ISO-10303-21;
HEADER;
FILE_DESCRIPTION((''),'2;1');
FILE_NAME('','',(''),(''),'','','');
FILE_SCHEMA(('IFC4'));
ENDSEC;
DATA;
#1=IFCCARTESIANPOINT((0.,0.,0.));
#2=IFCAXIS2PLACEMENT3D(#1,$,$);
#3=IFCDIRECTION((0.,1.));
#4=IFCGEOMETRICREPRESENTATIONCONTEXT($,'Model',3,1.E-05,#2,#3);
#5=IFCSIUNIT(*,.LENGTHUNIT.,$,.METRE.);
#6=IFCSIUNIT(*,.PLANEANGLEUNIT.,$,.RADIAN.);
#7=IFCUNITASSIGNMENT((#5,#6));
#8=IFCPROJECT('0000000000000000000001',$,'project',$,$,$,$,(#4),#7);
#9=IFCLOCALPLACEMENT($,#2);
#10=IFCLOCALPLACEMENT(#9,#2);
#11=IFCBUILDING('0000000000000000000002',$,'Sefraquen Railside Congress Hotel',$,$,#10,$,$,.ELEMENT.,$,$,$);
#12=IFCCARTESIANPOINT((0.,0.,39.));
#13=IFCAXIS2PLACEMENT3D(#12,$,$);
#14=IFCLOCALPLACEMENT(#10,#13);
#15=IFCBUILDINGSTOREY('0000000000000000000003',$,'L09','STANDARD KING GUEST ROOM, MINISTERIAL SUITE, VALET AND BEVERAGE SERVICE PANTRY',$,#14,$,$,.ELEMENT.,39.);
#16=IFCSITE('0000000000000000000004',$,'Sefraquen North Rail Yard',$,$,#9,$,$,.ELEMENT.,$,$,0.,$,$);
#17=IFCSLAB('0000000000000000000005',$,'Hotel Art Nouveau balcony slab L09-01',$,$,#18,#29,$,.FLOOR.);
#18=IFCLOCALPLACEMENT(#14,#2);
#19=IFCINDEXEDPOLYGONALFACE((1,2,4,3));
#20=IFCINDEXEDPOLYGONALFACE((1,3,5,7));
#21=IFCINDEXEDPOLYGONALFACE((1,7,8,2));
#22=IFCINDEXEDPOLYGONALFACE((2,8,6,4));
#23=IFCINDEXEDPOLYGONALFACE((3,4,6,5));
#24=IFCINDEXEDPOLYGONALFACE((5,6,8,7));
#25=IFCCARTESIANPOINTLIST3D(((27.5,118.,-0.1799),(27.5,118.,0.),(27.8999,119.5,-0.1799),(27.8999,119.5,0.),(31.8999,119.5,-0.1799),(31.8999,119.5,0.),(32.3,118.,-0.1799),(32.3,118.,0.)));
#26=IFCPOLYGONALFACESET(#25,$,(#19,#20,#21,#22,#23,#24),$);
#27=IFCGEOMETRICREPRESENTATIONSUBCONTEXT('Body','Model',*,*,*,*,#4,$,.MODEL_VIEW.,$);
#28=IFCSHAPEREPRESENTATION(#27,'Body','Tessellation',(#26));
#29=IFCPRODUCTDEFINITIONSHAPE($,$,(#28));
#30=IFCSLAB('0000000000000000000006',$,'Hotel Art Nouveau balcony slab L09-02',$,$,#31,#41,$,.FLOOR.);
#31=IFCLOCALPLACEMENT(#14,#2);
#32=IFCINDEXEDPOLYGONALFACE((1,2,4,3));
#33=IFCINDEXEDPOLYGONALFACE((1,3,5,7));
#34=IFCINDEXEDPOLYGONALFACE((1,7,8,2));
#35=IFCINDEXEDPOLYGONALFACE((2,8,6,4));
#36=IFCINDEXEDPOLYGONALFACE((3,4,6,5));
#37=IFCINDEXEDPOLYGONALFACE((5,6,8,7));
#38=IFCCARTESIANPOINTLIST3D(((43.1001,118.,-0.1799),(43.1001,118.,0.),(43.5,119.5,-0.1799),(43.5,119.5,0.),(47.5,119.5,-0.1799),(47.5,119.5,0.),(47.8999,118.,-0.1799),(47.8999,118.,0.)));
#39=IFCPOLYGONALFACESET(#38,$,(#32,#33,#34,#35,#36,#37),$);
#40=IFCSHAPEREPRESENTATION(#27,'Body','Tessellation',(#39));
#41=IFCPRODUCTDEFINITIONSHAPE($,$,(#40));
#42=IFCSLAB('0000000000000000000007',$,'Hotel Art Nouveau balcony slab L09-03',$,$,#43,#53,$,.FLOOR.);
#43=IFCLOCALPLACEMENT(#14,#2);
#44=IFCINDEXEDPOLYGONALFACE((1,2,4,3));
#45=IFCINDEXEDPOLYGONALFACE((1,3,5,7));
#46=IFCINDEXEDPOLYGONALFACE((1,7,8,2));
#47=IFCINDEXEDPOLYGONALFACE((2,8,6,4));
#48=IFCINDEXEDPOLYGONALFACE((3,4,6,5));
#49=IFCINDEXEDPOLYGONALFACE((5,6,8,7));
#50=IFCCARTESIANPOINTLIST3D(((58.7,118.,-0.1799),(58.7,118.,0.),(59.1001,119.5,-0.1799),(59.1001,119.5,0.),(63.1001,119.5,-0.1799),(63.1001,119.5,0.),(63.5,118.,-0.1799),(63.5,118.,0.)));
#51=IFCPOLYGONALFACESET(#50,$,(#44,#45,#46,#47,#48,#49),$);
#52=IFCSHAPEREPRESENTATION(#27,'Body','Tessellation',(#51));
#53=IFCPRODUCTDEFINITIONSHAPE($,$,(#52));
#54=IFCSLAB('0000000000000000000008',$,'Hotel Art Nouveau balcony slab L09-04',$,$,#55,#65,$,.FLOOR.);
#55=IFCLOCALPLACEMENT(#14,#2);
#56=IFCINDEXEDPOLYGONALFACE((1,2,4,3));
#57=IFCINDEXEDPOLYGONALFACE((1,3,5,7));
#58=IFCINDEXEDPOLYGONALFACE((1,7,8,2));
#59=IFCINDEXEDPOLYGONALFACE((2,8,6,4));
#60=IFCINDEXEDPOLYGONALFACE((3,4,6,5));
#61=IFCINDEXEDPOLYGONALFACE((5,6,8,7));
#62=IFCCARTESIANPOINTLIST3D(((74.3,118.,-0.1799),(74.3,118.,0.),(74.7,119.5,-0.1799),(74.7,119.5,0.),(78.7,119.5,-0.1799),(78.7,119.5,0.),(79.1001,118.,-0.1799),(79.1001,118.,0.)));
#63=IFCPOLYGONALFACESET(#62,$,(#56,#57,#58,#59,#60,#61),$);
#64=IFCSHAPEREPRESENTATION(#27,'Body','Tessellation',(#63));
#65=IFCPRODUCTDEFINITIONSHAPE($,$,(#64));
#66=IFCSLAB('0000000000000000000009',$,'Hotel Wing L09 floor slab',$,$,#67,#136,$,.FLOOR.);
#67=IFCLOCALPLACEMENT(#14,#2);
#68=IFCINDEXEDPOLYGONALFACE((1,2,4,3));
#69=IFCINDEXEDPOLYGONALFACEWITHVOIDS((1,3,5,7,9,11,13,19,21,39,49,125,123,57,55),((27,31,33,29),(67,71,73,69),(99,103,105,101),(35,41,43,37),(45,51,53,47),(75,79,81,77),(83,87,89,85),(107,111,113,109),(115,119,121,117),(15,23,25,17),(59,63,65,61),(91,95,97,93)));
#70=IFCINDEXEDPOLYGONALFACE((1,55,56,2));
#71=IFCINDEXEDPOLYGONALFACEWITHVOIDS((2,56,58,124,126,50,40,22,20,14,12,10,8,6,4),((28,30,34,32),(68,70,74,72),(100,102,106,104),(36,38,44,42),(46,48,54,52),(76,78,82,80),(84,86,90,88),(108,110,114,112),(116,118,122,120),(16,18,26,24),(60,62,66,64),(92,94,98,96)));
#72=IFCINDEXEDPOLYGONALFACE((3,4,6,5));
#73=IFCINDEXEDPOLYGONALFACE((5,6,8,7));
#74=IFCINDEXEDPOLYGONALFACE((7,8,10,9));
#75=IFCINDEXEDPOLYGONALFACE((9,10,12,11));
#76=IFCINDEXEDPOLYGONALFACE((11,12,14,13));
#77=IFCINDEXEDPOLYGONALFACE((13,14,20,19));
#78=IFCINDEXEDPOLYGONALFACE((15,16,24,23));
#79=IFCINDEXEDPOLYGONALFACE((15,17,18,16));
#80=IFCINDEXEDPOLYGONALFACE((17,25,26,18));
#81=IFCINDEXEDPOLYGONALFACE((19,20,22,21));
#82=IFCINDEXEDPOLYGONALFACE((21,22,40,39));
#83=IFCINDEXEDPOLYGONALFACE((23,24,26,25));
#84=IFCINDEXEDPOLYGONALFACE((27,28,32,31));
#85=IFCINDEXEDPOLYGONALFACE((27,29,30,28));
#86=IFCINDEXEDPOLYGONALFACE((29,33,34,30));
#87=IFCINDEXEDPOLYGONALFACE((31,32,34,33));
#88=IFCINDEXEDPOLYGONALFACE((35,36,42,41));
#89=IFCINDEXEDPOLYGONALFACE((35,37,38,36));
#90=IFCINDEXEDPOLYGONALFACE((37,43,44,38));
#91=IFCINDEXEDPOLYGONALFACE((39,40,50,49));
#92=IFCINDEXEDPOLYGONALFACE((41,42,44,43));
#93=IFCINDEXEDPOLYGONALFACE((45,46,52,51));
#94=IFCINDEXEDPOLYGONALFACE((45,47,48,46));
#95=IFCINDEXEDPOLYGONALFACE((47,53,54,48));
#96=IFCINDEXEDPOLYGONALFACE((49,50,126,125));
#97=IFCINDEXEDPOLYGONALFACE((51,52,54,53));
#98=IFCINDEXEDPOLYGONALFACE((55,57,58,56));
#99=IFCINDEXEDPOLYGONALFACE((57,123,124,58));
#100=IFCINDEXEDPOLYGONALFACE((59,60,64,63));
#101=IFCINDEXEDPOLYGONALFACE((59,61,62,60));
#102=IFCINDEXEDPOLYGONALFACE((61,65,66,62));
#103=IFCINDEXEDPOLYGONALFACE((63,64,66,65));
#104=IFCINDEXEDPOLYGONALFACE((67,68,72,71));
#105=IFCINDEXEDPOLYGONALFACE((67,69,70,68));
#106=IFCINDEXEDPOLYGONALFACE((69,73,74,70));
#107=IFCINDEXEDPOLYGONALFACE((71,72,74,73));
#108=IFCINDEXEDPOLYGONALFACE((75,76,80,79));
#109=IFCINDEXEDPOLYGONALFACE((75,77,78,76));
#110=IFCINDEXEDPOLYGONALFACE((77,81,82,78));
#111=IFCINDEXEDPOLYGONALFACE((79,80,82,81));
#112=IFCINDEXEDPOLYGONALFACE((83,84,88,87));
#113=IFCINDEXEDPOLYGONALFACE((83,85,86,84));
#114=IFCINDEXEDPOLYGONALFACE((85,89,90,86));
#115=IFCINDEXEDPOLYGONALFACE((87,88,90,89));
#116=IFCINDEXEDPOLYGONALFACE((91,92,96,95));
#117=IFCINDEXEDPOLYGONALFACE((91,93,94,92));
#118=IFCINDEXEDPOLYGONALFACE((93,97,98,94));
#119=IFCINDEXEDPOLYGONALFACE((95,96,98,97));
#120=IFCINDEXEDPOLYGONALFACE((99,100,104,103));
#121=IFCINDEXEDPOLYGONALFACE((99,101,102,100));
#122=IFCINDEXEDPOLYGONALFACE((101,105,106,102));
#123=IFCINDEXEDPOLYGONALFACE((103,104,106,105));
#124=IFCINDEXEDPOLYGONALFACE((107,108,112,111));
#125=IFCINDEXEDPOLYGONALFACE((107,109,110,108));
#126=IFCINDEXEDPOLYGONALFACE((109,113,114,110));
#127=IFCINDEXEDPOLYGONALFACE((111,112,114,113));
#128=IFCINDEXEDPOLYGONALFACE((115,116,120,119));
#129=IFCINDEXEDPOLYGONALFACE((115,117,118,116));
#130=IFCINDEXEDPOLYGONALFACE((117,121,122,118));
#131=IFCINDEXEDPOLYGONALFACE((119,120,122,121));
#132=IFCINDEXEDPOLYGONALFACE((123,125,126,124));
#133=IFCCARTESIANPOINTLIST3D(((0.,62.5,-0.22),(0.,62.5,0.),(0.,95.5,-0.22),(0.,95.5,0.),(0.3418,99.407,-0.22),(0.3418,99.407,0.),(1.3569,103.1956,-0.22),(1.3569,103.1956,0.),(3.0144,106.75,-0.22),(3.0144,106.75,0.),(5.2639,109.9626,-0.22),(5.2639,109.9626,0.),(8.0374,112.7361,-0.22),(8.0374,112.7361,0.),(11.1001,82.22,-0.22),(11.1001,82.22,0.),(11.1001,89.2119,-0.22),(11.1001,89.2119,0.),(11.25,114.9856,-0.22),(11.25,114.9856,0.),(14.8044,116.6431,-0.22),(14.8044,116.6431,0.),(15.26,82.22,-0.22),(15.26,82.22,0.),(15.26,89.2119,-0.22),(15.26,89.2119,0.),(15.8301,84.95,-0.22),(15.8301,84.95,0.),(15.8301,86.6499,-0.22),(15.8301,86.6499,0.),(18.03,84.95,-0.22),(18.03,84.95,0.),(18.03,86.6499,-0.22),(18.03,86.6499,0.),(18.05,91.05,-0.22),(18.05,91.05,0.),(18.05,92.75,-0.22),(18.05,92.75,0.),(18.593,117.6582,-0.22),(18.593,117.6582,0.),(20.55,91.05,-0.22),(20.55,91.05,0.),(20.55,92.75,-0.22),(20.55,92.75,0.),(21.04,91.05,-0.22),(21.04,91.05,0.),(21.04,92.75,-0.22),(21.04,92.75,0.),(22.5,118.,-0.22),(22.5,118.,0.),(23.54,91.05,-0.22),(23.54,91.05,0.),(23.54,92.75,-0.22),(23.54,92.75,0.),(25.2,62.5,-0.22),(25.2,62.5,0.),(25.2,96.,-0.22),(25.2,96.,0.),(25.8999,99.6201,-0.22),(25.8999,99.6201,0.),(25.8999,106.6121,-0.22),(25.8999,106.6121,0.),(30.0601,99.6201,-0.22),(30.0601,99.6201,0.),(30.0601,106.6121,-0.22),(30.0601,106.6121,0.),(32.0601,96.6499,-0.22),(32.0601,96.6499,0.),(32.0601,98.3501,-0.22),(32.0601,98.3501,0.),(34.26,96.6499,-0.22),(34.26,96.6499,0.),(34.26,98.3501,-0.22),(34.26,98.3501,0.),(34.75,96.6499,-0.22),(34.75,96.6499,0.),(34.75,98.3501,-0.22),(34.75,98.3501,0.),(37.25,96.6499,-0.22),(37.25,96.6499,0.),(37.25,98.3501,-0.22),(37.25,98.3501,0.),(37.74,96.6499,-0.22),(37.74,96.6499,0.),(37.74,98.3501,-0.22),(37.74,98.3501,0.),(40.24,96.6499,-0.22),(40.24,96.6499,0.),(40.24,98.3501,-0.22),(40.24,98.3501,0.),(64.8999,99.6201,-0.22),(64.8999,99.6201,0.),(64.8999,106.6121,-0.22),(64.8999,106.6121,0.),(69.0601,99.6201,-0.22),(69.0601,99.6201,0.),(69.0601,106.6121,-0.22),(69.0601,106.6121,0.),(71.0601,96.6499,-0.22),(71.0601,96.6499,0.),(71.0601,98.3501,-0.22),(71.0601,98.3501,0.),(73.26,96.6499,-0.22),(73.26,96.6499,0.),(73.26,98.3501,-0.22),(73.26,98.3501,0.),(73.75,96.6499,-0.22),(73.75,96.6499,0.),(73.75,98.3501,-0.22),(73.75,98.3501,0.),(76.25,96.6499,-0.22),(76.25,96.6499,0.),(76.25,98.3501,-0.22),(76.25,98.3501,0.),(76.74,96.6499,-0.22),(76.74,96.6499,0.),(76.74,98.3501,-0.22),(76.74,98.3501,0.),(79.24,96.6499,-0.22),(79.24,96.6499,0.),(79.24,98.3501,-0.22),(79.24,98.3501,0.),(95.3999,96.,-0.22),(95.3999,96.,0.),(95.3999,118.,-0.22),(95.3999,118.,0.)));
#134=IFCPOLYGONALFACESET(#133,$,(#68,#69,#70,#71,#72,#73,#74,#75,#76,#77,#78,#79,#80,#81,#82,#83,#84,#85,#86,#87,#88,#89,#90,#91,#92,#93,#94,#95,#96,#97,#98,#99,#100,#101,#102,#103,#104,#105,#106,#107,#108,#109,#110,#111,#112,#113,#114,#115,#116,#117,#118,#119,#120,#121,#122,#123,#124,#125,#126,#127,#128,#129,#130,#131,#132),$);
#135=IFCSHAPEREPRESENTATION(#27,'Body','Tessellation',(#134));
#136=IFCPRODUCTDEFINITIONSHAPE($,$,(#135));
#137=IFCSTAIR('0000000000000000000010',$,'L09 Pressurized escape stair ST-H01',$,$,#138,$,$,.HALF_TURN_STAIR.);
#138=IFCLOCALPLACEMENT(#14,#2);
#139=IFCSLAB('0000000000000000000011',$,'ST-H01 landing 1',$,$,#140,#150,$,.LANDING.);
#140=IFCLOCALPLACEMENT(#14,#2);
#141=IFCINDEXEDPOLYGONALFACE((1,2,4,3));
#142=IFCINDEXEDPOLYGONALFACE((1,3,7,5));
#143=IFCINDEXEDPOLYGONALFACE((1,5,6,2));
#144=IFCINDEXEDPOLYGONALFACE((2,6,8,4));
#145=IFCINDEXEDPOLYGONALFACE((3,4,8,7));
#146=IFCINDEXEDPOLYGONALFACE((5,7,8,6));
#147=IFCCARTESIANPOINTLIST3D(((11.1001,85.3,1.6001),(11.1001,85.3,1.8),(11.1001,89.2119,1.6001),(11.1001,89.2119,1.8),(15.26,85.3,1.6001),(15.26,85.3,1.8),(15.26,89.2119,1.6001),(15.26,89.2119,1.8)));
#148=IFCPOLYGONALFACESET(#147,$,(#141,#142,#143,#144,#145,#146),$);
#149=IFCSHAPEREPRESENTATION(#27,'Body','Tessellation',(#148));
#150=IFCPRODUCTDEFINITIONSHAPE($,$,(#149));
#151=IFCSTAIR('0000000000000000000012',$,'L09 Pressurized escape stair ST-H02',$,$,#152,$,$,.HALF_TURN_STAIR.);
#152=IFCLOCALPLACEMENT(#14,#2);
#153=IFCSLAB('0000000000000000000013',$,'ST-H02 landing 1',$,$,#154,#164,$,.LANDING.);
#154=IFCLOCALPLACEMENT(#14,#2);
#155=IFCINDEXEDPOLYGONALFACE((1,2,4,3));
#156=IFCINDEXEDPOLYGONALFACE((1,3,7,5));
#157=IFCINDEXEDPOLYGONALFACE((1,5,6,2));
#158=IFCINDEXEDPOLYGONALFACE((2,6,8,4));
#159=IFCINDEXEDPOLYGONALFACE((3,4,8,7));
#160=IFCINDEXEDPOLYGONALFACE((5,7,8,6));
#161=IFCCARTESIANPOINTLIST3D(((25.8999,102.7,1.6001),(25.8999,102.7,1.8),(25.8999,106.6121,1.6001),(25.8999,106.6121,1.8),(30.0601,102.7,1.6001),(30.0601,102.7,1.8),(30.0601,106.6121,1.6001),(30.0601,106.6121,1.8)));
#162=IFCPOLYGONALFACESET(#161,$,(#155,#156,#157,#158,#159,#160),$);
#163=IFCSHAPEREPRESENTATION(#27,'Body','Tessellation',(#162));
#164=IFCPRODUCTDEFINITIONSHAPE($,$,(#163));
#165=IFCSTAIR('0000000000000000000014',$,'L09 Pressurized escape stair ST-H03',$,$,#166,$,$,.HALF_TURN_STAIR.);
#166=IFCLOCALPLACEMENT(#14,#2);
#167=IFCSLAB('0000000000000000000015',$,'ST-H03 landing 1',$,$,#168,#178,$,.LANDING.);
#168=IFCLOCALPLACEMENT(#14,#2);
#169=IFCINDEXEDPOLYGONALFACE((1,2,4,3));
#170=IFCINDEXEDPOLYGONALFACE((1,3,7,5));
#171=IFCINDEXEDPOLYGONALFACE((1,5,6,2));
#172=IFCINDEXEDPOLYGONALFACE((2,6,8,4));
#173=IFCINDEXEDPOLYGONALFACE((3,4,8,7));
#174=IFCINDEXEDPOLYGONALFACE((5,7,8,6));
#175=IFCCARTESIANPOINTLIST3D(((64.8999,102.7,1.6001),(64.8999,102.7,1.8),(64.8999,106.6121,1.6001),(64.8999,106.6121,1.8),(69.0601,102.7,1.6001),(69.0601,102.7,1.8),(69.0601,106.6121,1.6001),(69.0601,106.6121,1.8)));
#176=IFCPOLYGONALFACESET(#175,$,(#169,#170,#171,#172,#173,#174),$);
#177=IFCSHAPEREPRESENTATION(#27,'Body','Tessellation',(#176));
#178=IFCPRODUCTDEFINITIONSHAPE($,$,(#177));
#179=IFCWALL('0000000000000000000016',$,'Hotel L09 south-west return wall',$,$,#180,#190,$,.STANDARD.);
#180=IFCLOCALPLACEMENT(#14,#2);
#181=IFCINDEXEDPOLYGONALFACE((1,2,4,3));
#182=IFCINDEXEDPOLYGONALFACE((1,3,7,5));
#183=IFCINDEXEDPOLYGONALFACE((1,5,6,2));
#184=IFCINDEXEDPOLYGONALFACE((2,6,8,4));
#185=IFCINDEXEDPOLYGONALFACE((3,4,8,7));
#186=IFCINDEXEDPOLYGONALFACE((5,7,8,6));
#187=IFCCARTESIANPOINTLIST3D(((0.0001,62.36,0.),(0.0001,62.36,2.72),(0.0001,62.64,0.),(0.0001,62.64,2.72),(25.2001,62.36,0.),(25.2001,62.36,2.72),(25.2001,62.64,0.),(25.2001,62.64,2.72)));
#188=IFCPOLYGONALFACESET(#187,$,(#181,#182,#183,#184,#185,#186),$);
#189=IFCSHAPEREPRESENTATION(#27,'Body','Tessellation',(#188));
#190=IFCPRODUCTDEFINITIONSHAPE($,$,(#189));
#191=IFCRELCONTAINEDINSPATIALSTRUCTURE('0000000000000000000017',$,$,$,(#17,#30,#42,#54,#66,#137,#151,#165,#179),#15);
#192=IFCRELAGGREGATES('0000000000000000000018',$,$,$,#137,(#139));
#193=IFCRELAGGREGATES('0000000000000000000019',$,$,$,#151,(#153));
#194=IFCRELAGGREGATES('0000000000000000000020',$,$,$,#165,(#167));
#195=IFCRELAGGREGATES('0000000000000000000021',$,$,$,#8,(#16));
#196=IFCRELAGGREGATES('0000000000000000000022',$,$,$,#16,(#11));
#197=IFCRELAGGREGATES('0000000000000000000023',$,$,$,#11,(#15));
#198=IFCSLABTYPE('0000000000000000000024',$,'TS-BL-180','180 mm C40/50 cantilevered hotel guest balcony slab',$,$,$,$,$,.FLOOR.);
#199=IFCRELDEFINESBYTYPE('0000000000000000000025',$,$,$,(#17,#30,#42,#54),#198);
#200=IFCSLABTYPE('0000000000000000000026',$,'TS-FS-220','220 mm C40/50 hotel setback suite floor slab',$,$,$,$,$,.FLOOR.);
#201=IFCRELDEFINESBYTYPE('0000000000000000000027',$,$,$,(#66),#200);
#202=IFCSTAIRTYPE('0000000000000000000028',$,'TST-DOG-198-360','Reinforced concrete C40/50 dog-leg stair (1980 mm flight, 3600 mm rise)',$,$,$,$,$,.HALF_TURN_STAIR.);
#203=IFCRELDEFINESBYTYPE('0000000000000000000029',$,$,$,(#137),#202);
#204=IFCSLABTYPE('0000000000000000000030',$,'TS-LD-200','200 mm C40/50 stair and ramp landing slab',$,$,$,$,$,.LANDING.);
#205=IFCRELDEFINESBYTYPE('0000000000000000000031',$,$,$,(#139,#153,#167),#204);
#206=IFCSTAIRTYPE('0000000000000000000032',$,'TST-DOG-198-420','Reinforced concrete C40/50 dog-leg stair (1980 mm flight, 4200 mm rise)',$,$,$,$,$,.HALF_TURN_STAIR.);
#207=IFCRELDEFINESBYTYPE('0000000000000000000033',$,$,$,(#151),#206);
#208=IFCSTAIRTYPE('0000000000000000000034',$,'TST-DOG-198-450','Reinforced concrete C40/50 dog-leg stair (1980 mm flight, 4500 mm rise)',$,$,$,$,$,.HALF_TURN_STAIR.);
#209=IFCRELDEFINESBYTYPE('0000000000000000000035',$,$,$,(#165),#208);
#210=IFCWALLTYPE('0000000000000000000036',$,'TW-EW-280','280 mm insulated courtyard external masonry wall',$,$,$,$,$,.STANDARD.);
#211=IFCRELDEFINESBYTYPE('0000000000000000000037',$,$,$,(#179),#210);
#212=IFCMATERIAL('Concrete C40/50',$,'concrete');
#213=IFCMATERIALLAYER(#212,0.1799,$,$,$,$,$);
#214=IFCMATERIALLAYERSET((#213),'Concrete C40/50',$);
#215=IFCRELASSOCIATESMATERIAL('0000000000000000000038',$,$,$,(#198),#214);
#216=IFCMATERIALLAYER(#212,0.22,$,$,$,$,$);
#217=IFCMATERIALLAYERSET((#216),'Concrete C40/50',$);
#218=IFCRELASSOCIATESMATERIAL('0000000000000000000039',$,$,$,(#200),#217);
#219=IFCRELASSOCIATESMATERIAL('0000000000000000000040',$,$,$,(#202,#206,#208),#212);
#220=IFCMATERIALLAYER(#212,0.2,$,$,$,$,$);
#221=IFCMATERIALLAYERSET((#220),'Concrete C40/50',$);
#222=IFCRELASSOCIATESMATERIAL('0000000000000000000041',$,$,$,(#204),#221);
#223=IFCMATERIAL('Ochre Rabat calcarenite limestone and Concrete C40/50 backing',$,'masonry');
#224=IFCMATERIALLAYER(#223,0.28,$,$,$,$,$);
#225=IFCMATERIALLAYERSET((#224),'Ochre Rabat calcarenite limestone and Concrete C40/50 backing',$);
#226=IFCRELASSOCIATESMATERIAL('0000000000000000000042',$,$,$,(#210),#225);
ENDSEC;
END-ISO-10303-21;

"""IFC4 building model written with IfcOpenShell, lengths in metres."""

from ifc_helpers import new_model, si_unit, direction, frame, frame_2d, origin, place, context, subcontext, project, spatial, polyline, rectangle, outline, extrude, material, layer, layer_set, type_object, element, aggregate, save


model = new_model("IFC4")

# Units and contexts
model_context = context("Model", 3, precision=1e-05, world=origin(), true_north=direction((0.0, 1.0)))
body_context = subcontext(model_context, "Body", "Model", "MODEL_VIEW")
ifc_project = project(units=[si_unit("LENGTHUNIT", "METRE"), si_unit("PLANEANGLEUNIT", "RADIAN")], contexts=[model_context])

# Site, building, storey
site_placement = place(None, origin())
site = spatial("IfcSite", under=ifc_project, at=site_placement, Name="Sefraquen North Rail Yard", CompositionType="ELEMENT", RefElevation=0.0)
building_placement = place(site_placement, origin())
building = spatial("IfcBuilding", under=site, at=building_placement, Name="Sefraquen Railside Congress Hotel", CompositionType="ELEMENT")
storey_placement = place(building_placement, frame((0.0, 0.0, 39.0)))
storey = spatial("IfcBuildingStorey", under=building, at=storey_placement, Name="L09", Description="STANDARD KING GUEST ROOM, MINISTERIAL SUITE, VALET AND BEVERAGE SERVICE PANTRY", CompositionType="ELEMENT", Elevation=39.0)

# Slabs
ifc_material_1 = material(Name="Concrete C40/50", Category="concrete")
ifc_layer_1 = layer(ifc_material_1, 0.1799)
ifc_layer_set_1 = layer_set([ifc_layer_1], Name="Concrete C40/50")
slab_type_1 = type_object("IfcSlabType", Name="TS-BL-180", Description="180 mm C40/50 cantilevered hotel guest balcony slab", PredefinedType="FLOOR", material=ifc_layer_set_1)
slab_1_placement = place(storey_placement, frame((0.0, 0.0, -0.1799)))
element("IfcSlab", 1, at=slab_1_placement, inside=storey, type_object=slab_type_1, Name="Hotel Art Nouveau balcony slab L09-01", PredefinedType="FLOOR", context=body_context, shape_type="SweptSolid", body=[
    extrude(outline(polyline([(27.5, 118.0), (32.3, 118.0), (31.8999, 119.5), (27.8999, 119.5), (27.5, 118.0)])), origin(), (0.0, 0.0, 1.0), 0.1799),
])
slab_2_placement = place(storey_placement, frame((0.0, 0.0, -0.1799)))
element("IfcSlab", 2, at=slab_2_placement, inside=storey, type_object=slab_type_1, Name="Hotel Art Nouveau balcony slab L09-02", PredefinedType="FLOOR", context=body_context, shape_type="SweptSolid", body=[
    extrude(outline(polyline([(43.1001, 118.0), (47.8999, 118.0), (47.5, 119.5), (43.5, 119.5), (43.1001, 118.0)])), origin(), (0.0, 0.0, 1.0), 0.1799),
])
slab_3_placement = place(storey_placement, frame((0.0, 0.0, -0.1799)))
element("IfcSlab", 3, at=slab_3_placement, inside=storey, type_object=slab_type_1, Name="Hotel Art Nouveau balcony slab L09-03", PredefinedType="FLOOR", context=body_context, shape_type="SweptSolid", body=[
    extrude(outline(polyline([(58.7, 118.0), (63.5, 118.0), (63.1001, 119.5), (59.1001, 119.5), (58.7, 118.0)])), origin(), (0.0, 0.0, 1.0), 0.1799),
])
slab_4_placement = place(storey_placement, frame((0.0, 0.0, -0.1799)))
element("IfcSlab", 4, at=slab_4_placement, inside=storey, type_object=slab_type_1, Name="Hotel Art Nouveau balcony slab L09-04", PredefinedType="FLOOR", context=body_context, shape_type="SweptSolid", body=[
    extrude(outline(polyline([(74.3, 118.0), (79.1001, 118.0), (78.7, 119.5), (74.7, 119.5), (74.3, 118.0)])), origin(), (0.0, 0.0, 1.0), 0.1799),
])
ifc_layer_2 = layer(ifc_material_1, 0.22)
ifc_layer_set_2 = layer_set([ifc_layer_2], Name="Concrete C40/50")
slab_type_2 = type_object("IfcSlabType", Name="TS-FS-220", Description="220 mm C40/50 hotel setback suite floor slab", PredefinedType="FLOOR", material=ifc_layer_set_2)
slab_5_placement = place(storey_placement, frame((0.0, 0.0, -0.22)))
element("IfcSlab", 5, at=slab_5_placement, inside=storey, type_object=slab_type_2, Name="Hotel Wing L09 floor slab", PredefinedType="FLOOR", context=body_context, shape_type="SweptSolid", body=[
    extrude(outline(polyline([(0.0, 62.5), (25.2, 62.5), (25.2, 96.0), (95.3999, 96.0), (95.3999, 118.0), (22.5, 118.0), (18.593, 117.6582), (14.8044, 116.6431), (11.25, 114.9856), (8.0374, 112.7361), (5.2639, 109.9626), (3.0144, 106.75), (1.3569, 103.1956), (0.3418, 99.407), (0.0, 95.5), (0.0, 62.5)]), holes=[polyline([(11.1001, 82.22), (15.26, 82.22), (15.26, 89.2119), (11.1001, 89.2119), (11.1001, 82.22)]), polyline([(25.8999, 99.6201), (30.0601, 99.6201), (30.0601, 106.6121), (25.8999, 106.6121), (25.8999, 99.6201)]), polyline([(64.8999, 99.6201), (69.0601, 99.6201), (69.0601, 106.6121), (64.8999, 106.6121), (64.8999, 99.6201)]), polyline([(15.8301, 84.95), (18.03, 84.95), (18.03, 86.6499), (15.8301, 86.6499), (15.8301, 84.95)]), polyline([(32.0601, 96.6499), (34.26, 96.6499), (34.26, 98.3501), (32.0601, 98.3501), (32.0601, 96.6499)]), polyline([(71.0601, 96.6499), (73.26, 96.6499), (73.26, 98.3501), (71.0601, 98.3501), (71.0601, 96.6499)]), polyline([(18.05, 91.05), (20.55, 91.05), (20.55, 92.75), (18.05, 92.75), (18.05, 91.05)]), polyline([(21.04, 91.05), (23.54, 91.05), (23.54, 92.75), (21.04, 92.75), (21.04, 91.05)]), polyline([(34.75, 96.6499), (37.25, 96.6499), (37.25, 98.3501), (34.75, 98.3501), (34.75, 96.6499)]), polyline([(37.74, 96.6499), (40.24, 96.6499), (40.24, 98.3501), (37.74, 98.3501), (37.74, 96.6499)]), polyline([(73.75, 96.6499), (76.25, 96.6499), (76.25, 98.3501), (73.75, 98.3501), (73.75, 96.6499)]), polyline([(76.74, 96.6499), (79.24, 96.6499), (79.24, 98.3501), (76.74, 98.3501), (76.74, 96.6499)])]), origin(), (0.0, 0.0, 1.0), 0.22),
])

# Stairs, slabs
stair_type_1 = type_object("IfcStairType", Name="TST-DOG-198-360", Description="Reinforced concrete C40/50 dog-leg stair (1980 mm flight, 3600 mm rise)", PredefinedType="HALF_TURN_STAIR", material=ifc_material_1)
stair_1_placement = place(storey_placement, origin())
stair_1 = element("IfcStair", 6, at=stair_1_placement, inside=storey, type_object=stair_type_1, Name="L09 Pressurized escape stair ST-H01", PredefinedType="HALF_TURN_STAIR")
ifc_layer_3 = layer(ifc_material_1, 0.2)
ifc_layer_set_3 = layer_set([ifc_layer_3], Name="Concrete C40/50")
slab_type_3 = type_object("IfcSlabType", Name="TS-LD-200", Description="200 mm C40/50 stair and ramp landing slab", PredefinedType="LANDING", material=ifc_layer_set_3)
slab_6_placement = place(storey_placement, frame((0.0, 0.0, 1.6001)))
slab_6 = element("IfcSlab", 7, at=slab_6_placement, type_object=slab_type_3, Name="ST-H01 landing 1", PredefinedType="LANDING", context=body_context, shape_type="SweptSolid", body=[
    extrude(outline(polyline([(15.26, 85.3), (15.26, 89.2119), (11.1001, 89.2119), (11.1001, 85.3), (15.26, 85.3)])), origin(), (0.0, 0.0, 1.0), 0.2),
])
aggregate(stair_1, [slab_6])
stair_type_2 = type_object("IfcStairType", Name="TST-DOG-198-420", Description="Reinforced concrete C40/50 dog-leg stair (1980 mm flight, 4200 mm rise)", PredefinedType="HALF_TURN_STAIR", material=ifc_material_1)
stair_2_placement = place(storey_placement, origin())
stair_2 = element("IfcStair", 8, at=stair_2_placement, inside=storey, type_object=stair_type_2, Name="L09 Pressurized escape stair ST-H02", PredefinedType="HALF_TURN_STAIR")
slab_7_placement = place(storey_placement, frame((0.0, 0.0, 1.6001)))
slab_7 = element("IfcSlab", 9, at=slab_7_placement, type_object=slab_type_3, Name="ST-H02 landing 1", PredefinedType="LANDING", context=body_context, shape_type="SweptSolid", body=[
    extrude(outline(polyline([(30.0601, 102.7), (30.0601, 106.6121), (25.8999, 106.6121), (25.8999, 102.7), (30.0601, 102.7)])), origin(), (0.0, 0.0, 1.0), 0.2),
])
aggregate(stair_2, [slab_7])
stair_type_3 = type_object("IfcStairType", Name="TST-DOG-198-450", Description="Reinforced concrete C40/50 dog-leg stair (1980 mm flight, 4500 mm rise)", PredefinedType="HALF_TURN_STAIR", material=ifc_material_1)
stair_3_placement = place(storey_placement, origin())
stair_3 = element("IfcStair", 10, at=stair_3_placement, inside=storey, type_object=stair_type_3, Name="L09 Pressurized escape stair ST-H03", PredefinedType="HALF_TURN_STAIR")
slab_8_placement = place(storey_placement, frame((0.0, 0.0, 1.6001)))
slab_8 = element("IfcSlab", 11, at=slab_8_placement, type_object=slab_type_3, Name="ST-H03 landing 1", PredefinedType="LANDING", context=body_context, shape_type="SweptSolid", body=[
    extrude(outline(polyline([(69.0601, 102.7), (69.0601, 106.6121), (64.8999, 106.6121), (64.8999, 102.7), (69.0601, 102.7)])), origin(), (0.0, 0.0, 1.0), 0.2),
])
aggregate(stair_3, [slab_8])

# Wall
ifc_material_2 = material(Name="Ochre Rabat calcarenite limestone and Concrete C40/50 backing", Category="masonry")
ifc_layer_4 = layer(ifc_material_2, 0.28)
ifc_layer_set_4 = layer_set([ifc_layer_4], Name="Ochre Rabat calcarenite limestone and Concrete C40/50 backing")
wall_type_1 = type_object("IfcWallType", Name="TW-EW-280", Description="280 mm insulated courtyard external masonry wall", PredefinedType="STANDARD", material=ifc_layer_set_4)
wall_1_placement = place(storey_placement, frame((0.0, 62.5, 0.0), z_axis=(0.0, 0.0, 1.0), x_axis=(1.0, 0.0, 0.0)))
element("IfcWall", 12, at=wall_1_placement, inside=storey, type_object=wall_type_1, Name="Hotel L09 south-west return wall", PredefinedType="STANDARD", context=body_context, shape_type="SweptSolid", body=[
    extrude(rectangle(XDim=25.2, YDim=0.28, at=frame_2d((12.6001, 0.0))), origin(), (0.0, 0.0, 1.0), 2.72),
])

save(model, "model.ifc")
